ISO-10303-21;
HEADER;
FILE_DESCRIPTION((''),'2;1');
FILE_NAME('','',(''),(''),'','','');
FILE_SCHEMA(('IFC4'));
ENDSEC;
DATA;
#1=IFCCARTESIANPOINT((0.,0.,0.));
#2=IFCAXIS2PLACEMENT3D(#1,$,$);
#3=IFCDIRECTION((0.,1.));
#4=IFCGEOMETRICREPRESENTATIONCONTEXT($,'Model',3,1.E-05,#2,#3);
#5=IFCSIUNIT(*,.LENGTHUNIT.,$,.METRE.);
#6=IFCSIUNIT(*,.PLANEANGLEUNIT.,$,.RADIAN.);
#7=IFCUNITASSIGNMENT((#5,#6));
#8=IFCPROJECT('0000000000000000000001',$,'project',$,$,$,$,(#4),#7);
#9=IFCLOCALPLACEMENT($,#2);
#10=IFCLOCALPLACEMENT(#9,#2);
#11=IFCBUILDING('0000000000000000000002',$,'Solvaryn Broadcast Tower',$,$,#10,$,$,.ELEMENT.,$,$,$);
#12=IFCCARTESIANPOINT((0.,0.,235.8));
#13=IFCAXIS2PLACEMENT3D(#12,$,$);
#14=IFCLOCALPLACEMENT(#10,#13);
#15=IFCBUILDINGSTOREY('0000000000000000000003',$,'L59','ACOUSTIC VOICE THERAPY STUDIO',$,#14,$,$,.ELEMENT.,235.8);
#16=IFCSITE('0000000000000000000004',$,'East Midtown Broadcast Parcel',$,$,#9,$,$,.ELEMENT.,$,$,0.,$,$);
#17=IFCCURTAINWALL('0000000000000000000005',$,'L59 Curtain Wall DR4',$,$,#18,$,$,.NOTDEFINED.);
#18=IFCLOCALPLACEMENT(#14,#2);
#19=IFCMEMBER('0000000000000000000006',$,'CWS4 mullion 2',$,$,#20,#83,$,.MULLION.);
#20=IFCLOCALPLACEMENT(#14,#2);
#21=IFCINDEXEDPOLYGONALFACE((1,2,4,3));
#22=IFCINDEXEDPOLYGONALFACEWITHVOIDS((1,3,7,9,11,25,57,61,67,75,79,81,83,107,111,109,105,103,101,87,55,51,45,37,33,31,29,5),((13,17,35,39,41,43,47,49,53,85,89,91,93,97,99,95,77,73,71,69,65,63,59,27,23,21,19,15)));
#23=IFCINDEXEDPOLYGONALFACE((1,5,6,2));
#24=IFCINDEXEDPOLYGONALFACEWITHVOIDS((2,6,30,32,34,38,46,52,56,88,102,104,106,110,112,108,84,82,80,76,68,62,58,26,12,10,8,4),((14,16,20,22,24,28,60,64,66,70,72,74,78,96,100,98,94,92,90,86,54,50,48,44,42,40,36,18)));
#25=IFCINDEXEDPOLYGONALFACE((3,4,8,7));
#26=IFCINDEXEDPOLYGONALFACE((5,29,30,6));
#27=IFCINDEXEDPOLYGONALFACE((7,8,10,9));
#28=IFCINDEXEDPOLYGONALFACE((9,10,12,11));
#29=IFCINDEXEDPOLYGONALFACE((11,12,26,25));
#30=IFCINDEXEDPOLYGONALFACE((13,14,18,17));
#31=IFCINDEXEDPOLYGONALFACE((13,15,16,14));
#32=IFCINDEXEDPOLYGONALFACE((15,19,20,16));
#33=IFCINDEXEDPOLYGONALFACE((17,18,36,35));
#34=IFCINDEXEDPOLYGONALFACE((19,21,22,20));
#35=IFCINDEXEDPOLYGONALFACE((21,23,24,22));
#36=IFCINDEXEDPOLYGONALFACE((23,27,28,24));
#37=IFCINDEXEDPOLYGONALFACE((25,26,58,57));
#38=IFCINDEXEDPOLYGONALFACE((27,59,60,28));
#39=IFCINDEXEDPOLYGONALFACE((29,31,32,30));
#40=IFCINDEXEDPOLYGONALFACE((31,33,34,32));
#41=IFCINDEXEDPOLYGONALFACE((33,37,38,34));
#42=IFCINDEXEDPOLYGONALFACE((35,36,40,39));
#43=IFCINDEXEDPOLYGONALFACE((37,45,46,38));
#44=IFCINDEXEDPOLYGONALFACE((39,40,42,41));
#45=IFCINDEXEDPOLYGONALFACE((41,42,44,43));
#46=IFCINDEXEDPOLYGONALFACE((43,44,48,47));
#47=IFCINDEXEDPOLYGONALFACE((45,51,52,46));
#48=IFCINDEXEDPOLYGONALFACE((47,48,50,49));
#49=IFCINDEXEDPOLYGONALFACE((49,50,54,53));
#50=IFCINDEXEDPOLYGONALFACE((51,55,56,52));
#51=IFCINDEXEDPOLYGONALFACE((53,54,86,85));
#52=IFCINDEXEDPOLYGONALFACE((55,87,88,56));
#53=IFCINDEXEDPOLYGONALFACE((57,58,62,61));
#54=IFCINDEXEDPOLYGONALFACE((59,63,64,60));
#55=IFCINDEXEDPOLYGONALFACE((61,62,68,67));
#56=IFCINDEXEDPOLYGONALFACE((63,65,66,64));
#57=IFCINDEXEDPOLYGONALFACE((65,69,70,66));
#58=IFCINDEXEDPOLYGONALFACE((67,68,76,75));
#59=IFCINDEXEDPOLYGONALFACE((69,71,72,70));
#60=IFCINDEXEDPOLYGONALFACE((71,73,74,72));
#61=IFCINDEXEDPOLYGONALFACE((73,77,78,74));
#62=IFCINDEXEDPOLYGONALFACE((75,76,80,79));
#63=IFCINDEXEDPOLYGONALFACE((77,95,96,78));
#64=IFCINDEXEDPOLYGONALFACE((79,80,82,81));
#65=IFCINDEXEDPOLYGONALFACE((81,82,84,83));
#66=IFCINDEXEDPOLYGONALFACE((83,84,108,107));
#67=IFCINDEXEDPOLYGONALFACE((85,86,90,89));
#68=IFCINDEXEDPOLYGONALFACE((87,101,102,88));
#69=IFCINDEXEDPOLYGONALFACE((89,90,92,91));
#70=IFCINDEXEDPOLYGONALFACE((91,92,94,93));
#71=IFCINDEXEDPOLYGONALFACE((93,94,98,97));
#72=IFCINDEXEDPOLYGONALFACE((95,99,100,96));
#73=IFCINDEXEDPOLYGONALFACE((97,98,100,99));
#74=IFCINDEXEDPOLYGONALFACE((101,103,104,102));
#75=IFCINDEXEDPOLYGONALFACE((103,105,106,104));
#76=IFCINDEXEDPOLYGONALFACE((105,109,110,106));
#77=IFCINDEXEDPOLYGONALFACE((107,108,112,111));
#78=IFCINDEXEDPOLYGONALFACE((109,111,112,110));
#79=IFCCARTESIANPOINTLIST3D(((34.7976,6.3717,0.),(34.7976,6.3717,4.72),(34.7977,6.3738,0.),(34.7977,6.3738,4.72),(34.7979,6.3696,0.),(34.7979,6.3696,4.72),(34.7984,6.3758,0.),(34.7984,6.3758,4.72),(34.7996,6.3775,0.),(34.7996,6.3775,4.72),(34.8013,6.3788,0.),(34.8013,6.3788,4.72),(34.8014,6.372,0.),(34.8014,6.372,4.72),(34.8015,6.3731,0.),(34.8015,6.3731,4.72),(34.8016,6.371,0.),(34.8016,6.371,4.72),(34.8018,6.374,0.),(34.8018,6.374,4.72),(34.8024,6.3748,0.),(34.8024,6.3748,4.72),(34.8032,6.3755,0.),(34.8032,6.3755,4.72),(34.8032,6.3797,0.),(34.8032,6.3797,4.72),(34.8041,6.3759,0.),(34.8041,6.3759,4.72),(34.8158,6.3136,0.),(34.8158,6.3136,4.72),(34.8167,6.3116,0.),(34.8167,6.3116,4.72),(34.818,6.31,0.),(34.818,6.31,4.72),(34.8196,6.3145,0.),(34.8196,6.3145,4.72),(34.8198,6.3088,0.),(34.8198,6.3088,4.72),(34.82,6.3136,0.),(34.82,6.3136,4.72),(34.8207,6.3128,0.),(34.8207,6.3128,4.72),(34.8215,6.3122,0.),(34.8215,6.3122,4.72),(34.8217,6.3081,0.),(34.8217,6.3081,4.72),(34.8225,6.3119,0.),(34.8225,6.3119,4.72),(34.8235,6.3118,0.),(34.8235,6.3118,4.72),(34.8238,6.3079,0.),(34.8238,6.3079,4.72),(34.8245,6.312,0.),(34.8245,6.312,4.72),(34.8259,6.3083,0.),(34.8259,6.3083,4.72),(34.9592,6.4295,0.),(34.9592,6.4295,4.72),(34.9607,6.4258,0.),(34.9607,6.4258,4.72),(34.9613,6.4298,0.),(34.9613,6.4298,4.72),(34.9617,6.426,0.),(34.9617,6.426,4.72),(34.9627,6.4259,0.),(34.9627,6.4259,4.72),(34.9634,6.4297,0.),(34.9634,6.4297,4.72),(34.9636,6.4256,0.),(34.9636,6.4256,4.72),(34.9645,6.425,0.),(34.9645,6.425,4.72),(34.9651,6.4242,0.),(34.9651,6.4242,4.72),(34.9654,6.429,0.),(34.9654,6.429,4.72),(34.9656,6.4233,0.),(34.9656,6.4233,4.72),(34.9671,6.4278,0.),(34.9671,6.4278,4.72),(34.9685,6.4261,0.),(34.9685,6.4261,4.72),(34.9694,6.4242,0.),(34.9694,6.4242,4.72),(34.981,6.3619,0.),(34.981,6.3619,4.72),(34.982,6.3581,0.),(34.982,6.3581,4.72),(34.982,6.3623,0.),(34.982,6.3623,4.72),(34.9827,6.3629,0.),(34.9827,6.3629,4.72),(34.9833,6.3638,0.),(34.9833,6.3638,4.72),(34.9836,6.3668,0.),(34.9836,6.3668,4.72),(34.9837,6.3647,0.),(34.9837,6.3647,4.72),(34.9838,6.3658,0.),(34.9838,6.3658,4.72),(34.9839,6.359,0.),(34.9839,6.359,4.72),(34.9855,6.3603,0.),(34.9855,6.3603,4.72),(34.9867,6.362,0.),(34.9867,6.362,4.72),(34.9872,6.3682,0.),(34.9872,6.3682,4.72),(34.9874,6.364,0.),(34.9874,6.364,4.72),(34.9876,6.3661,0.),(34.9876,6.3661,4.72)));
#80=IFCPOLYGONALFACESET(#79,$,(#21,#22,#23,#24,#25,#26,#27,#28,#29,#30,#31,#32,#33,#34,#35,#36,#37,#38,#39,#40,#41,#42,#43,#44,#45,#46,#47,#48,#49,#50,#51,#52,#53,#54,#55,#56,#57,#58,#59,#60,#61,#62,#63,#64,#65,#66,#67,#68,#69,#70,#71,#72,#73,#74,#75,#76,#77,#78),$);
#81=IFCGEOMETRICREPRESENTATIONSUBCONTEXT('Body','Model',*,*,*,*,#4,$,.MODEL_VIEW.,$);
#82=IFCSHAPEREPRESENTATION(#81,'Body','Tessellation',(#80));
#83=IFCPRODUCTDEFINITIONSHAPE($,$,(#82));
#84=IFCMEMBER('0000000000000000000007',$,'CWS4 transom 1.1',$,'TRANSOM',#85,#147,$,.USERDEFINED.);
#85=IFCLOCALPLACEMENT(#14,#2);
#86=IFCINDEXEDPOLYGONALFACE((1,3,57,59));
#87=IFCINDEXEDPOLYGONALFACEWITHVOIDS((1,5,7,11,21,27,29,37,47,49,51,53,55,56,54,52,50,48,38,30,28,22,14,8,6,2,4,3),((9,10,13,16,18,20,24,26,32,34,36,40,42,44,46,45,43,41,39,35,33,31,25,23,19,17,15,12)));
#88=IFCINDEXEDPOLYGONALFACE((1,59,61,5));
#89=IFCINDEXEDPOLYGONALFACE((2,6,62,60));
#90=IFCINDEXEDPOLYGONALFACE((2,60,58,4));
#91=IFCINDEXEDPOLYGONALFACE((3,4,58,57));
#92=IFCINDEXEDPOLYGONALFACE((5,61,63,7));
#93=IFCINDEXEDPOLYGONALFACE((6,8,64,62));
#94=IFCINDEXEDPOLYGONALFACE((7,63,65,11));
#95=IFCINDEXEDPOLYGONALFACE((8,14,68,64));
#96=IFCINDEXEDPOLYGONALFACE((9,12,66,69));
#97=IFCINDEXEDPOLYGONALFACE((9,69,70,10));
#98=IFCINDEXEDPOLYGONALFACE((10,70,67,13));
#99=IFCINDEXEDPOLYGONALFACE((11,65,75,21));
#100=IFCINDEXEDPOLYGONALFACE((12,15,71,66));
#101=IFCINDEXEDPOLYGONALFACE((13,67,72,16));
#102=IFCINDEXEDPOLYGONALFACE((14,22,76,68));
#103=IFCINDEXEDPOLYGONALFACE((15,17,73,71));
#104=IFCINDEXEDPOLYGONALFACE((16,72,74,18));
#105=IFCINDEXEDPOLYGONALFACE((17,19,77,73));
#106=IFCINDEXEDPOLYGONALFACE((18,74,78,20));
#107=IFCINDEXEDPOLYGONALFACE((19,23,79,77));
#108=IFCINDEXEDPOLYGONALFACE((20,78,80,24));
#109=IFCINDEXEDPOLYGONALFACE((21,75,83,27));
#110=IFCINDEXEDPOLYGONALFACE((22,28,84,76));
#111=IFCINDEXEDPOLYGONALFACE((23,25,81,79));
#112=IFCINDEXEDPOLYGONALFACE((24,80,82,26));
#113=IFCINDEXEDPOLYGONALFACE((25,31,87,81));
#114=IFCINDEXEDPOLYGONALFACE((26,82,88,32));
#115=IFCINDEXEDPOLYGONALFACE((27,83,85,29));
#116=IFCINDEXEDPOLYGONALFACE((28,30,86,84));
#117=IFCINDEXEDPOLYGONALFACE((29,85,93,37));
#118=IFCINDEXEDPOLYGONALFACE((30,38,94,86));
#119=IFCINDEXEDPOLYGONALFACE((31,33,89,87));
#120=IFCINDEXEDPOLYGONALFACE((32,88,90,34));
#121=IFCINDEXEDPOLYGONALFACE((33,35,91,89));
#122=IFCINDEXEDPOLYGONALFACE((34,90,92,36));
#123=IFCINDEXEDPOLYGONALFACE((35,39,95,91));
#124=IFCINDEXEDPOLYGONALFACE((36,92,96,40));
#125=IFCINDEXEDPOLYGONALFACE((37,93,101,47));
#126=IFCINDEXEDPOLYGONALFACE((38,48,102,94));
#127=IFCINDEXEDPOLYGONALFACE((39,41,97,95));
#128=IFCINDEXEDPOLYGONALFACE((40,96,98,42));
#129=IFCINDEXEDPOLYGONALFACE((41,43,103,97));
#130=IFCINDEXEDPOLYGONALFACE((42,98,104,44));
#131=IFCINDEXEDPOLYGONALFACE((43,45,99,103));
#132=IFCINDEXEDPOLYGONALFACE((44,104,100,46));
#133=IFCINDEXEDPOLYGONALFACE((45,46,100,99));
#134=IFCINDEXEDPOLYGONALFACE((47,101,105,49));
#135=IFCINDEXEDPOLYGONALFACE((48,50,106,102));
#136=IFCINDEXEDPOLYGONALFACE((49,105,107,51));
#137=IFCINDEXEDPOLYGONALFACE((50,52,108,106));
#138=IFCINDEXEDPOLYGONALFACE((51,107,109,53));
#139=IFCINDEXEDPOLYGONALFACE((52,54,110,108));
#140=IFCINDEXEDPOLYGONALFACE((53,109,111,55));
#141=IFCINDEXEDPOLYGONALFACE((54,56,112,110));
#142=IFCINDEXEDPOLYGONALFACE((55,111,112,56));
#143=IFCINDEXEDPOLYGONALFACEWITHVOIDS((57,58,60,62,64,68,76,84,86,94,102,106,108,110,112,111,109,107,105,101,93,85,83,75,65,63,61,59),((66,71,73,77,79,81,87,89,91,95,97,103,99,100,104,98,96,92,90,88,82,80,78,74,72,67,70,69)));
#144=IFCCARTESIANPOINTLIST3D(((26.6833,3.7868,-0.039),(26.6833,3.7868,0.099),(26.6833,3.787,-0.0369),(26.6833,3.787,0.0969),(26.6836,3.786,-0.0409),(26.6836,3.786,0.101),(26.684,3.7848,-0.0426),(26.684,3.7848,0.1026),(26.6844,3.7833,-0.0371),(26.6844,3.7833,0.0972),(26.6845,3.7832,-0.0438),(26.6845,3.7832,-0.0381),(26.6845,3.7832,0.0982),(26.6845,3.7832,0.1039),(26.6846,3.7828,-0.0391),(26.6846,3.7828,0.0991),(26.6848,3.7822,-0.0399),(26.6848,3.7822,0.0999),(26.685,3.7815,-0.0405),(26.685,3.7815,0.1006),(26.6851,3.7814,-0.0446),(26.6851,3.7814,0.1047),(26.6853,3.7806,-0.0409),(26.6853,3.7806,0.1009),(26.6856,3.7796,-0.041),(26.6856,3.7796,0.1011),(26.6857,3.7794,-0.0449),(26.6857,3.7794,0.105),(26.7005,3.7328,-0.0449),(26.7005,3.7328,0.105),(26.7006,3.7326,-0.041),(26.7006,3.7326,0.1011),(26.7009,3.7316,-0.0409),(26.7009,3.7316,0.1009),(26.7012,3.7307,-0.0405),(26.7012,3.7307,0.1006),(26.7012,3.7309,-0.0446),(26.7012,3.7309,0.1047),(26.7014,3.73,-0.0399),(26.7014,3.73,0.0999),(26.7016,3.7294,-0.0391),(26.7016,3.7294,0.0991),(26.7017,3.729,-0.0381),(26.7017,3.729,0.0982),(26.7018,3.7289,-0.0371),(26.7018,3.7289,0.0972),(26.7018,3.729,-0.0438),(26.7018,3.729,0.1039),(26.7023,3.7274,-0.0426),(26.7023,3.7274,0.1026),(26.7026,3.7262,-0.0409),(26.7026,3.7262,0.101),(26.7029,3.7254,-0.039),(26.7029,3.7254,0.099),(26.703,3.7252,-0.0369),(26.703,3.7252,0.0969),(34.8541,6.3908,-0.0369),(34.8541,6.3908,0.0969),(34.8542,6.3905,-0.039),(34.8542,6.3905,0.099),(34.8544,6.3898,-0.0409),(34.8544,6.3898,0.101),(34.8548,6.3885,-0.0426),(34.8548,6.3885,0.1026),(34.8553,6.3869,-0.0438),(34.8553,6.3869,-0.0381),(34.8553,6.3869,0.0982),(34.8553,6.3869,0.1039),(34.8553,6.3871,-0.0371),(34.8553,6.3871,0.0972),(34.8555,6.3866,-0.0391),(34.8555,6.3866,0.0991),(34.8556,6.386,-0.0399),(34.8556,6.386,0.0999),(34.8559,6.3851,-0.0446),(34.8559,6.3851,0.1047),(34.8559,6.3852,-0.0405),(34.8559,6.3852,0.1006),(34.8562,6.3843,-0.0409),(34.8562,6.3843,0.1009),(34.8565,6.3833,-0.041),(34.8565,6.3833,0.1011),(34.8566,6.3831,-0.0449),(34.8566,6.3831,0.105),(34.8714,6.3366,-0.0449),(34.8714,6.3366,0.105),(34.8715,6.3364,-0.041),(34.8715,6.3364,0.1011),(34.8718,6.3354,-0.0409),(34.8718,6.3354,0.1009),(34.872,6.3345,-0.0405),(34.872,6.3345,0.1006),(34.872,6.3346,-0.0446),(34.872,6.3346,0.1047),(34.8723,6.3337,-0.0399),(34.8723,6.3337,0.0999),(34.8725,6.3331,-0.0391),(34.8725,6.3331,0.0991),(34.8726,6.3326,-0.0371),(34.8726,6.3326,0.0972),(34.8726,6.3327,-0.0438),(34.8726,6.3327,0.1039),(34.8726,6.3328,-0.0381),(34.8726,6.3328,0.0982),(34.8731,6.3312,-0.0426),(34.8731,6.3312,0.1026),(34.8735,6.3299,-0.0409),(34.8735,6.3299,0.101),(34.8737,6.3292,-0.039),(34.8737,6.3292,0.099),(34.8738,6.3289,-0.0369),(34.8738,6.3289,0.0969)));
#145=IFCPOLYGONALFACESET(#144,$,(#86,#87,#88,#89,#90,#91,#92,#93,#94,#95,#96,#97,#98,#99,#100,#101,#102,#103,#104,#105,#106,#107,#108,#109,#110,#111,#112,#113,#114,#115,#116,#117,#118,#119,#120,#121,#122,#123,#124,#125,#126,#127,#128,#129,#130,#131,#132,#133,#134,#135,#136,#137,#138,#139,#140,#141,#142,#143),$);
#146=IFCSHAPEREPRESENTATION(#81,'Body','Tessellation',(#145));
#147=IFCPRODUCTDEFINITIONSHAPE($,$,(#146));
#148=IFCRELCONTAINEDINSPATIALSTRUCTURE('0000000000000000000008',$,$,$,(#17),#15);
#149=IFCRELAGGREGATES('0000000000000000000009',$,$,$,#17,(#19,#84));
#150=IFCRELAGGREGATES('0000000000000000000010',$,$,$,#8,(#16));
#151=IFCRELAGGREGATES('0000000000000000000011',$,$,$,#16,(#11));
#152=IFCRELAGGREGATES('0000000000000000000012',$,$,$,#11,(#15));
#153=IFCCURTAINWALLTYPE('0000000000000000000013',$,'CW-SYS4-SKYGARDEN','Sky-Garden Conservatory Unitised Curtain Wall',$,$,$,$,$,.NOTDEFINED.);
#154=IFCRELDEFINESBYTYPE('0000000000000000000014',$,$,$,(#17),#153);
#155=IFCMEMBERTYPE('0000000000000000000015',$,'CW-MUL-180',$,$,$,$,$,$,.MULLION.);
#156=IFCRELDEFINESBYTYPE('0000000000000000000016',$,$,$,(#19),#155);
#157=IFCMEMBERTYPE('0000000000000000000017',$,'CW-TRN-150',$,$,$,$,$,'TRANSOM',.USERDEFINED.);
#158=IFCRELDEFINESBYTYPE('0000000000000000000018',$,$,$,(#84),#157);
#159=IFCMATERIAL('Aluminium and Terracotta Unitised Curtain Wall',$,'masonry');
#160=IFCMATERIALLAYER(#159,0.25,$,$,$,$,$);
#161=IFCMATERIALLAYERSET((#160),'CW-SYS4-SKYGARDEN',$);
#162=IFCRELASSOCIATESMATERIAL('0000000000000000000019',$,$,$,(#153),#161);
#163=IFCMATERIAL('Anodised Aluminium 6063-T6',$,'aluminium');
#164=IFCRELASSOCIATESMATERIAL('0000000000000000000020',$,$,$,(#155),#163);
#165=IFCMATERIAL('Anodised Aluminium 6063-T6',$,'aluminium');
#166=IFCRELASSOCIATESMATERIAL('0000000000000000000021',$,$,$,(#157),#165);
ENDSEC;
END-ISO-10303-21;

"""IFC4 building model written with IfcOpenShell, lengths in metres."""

from ifc_helpers import new_model, si_unit, direction, frame, origin, origin_2d, place, context, subcontext, project, spatial, hollow_rectangle, extrude, material, layer, layer_set, material_profile, profile_set, type_object, element, aggregate, save


model = new_model("IFC4")

# Units and contexts
model_context = context("Model", 3, precision=1e-05, world=origin(), true_north=direction((0.0, 1.0)))
body_context = subcontext(model_context, "Body", "Model", "MODEL_VIEW")
ifc_project = project(units=[si_unit("LENGTHUNIT", "METRE"), si_unit("PLANEANGLEUNIT", "RADIAN")], contexts=[model_context])

# Site, building, storey
site_placement = place(None, origin())
site = spatial("IfcSite", under=ifc_project, at=site_placement, Name="East Midtown Broadcast Parcel", CompositionType="ELEMENT", RefElevation=0.0)
building_placement = place(site_placement, origin())
building = spatial("IfcBuilding", under=site, at=building_placement, Name="Solvaryn Broadcast Tower", CompositionType="ELEMENT")
storey_placement = place(building_placement, frame((0.0, 0.0, 235.8)))
storey = spatial("IfcBuildingStorey", under=building, at=storey_placement, Name="L59", Description="ACOUSTIC VOICE THERAPY STUDIO", CompositionType="ELEMENT", Elevation=235.8)

# Shared definitions
ifc_material_1 = material(Name="Aluminium and Terracotta Unitised Curtain Wall", Category="masonry")
ifc_layer_1 = layer(ifc_material_1, 0.25)
ifc_layer_set_1 = layer_set([ifc_layer_1], Name="CW-SYS4-SKYGARDEN")
curtain_wall_type = type_object("IfcCurtainWallType", Name="CW-SYS4-SKYGARDEN", Description="Sky-Garden Conservatory Unitised Curtain Wall", PredefinedType="NOTDEFINED", material=ifc_layer_set_1)
ifc_material_2 = material(Name="Anodised Aluminium 6063-T6", Category="aluminium")
ifc_material_profile_1 = material_profile(ifc_material_2, hollow_rectangle(XDim=0.075, YDim=0.1799, WallThickness=0.0039, InnerFilletRadius=0.0039, OuterFilletRadius=0.0081, at=origin_2d()))
ifc_profile_set_1 = profile_set([ifc_material_profile_1], Name="Anodised Aluminium 6063-T6")
member_type_1 = type_object("IfcMemberType", Name="CW-MUL-180", PredefinedType="MULLION", material=ifc_profile_set_1)

# Curtain wall, members
curtain_wall_1_placement = place(storey_placement, origin())
curtain_wall_1 = element("IfcCurtainWall", 1, at=curtain_wall_1_placement, inside=storey, type_object=curtain_wall_type, Name="L59 Curtain Wall DR4", PredefinedType="NOTDEFINED")
member_1_placement = place(storey_placement, frame((34.8926, 6.3689, 0.0), z_axis=(0.0, 0.0, 1.0), x_axis=(-0.303616, 0.952795, 0.0)))
member_1 = element("IfcMember", 2, at=member_1_placement, type_object=member_type_1, Name="CWS4 mullion 2", PredefinedType="MULLION", context=body_context, shape_type="SweptSolid", body=[
    extrude(hollow_rectangle(XDim=0.075, YDim=0.1799, WallThickness=0.0039, InnerFilletRadius=0.0039, OuterFilletRadius=0.0081, at=origin_2d()), origin(), (0.0, 0.0, 1.0), 4.72),
])
ifc_material_3 = material(Name="Anodised Aluminium 6063-T6", Category="aluminium")
ifc_material_profile_2 = material_profile(ifc_material_3, hollow_rectangle(XDim=0.0649, YDim=0.1499, WallThickness=0.0039, InnerFilletRadius=0.0039, OuterFilletRadius=0.0081, at=origin_2d()))
ifc_profile_set_2 = profile_set([ifc_material_profile_2], Name="Anodised Aluminium 6063-T6")
member_type_2 = type_object("IfcMemberType", Name="CW-TRN-150", ElementType="TRANSOM", PredefinedType="USERDEFINED", material=ifc_profile_set_2)
member_2_placement = place(storey_placement, frame((26.6931, 3.7561, 0.03), z_axis=(0.952793, 0.30362, 0.0), x_axis=(-0.30362, 0.952793, 0.0)))
member_2 = element("IfcMember", 3, at=member_2_placement, type_object=member_type_2, Name="CWS4 transom 1.1", ObjectType="TRANSOM", PredefinedType="USERDEFINED", context=body_context, shape_type="SweptSolid", body=[
    extrude(hollow_rectangle(XDim=0.0649, YDim=0.1499, WallThickness=0.0039, InnerFilletRadius=0.0039, OuterFilletRadius=0.0081, at=origin_2d()), origin(), (0.0, 0.0, 1.0), 8.5757),
])

aggregate(curtain_wall_1, [member_1, member_2])

save(model, "model.ifc")
